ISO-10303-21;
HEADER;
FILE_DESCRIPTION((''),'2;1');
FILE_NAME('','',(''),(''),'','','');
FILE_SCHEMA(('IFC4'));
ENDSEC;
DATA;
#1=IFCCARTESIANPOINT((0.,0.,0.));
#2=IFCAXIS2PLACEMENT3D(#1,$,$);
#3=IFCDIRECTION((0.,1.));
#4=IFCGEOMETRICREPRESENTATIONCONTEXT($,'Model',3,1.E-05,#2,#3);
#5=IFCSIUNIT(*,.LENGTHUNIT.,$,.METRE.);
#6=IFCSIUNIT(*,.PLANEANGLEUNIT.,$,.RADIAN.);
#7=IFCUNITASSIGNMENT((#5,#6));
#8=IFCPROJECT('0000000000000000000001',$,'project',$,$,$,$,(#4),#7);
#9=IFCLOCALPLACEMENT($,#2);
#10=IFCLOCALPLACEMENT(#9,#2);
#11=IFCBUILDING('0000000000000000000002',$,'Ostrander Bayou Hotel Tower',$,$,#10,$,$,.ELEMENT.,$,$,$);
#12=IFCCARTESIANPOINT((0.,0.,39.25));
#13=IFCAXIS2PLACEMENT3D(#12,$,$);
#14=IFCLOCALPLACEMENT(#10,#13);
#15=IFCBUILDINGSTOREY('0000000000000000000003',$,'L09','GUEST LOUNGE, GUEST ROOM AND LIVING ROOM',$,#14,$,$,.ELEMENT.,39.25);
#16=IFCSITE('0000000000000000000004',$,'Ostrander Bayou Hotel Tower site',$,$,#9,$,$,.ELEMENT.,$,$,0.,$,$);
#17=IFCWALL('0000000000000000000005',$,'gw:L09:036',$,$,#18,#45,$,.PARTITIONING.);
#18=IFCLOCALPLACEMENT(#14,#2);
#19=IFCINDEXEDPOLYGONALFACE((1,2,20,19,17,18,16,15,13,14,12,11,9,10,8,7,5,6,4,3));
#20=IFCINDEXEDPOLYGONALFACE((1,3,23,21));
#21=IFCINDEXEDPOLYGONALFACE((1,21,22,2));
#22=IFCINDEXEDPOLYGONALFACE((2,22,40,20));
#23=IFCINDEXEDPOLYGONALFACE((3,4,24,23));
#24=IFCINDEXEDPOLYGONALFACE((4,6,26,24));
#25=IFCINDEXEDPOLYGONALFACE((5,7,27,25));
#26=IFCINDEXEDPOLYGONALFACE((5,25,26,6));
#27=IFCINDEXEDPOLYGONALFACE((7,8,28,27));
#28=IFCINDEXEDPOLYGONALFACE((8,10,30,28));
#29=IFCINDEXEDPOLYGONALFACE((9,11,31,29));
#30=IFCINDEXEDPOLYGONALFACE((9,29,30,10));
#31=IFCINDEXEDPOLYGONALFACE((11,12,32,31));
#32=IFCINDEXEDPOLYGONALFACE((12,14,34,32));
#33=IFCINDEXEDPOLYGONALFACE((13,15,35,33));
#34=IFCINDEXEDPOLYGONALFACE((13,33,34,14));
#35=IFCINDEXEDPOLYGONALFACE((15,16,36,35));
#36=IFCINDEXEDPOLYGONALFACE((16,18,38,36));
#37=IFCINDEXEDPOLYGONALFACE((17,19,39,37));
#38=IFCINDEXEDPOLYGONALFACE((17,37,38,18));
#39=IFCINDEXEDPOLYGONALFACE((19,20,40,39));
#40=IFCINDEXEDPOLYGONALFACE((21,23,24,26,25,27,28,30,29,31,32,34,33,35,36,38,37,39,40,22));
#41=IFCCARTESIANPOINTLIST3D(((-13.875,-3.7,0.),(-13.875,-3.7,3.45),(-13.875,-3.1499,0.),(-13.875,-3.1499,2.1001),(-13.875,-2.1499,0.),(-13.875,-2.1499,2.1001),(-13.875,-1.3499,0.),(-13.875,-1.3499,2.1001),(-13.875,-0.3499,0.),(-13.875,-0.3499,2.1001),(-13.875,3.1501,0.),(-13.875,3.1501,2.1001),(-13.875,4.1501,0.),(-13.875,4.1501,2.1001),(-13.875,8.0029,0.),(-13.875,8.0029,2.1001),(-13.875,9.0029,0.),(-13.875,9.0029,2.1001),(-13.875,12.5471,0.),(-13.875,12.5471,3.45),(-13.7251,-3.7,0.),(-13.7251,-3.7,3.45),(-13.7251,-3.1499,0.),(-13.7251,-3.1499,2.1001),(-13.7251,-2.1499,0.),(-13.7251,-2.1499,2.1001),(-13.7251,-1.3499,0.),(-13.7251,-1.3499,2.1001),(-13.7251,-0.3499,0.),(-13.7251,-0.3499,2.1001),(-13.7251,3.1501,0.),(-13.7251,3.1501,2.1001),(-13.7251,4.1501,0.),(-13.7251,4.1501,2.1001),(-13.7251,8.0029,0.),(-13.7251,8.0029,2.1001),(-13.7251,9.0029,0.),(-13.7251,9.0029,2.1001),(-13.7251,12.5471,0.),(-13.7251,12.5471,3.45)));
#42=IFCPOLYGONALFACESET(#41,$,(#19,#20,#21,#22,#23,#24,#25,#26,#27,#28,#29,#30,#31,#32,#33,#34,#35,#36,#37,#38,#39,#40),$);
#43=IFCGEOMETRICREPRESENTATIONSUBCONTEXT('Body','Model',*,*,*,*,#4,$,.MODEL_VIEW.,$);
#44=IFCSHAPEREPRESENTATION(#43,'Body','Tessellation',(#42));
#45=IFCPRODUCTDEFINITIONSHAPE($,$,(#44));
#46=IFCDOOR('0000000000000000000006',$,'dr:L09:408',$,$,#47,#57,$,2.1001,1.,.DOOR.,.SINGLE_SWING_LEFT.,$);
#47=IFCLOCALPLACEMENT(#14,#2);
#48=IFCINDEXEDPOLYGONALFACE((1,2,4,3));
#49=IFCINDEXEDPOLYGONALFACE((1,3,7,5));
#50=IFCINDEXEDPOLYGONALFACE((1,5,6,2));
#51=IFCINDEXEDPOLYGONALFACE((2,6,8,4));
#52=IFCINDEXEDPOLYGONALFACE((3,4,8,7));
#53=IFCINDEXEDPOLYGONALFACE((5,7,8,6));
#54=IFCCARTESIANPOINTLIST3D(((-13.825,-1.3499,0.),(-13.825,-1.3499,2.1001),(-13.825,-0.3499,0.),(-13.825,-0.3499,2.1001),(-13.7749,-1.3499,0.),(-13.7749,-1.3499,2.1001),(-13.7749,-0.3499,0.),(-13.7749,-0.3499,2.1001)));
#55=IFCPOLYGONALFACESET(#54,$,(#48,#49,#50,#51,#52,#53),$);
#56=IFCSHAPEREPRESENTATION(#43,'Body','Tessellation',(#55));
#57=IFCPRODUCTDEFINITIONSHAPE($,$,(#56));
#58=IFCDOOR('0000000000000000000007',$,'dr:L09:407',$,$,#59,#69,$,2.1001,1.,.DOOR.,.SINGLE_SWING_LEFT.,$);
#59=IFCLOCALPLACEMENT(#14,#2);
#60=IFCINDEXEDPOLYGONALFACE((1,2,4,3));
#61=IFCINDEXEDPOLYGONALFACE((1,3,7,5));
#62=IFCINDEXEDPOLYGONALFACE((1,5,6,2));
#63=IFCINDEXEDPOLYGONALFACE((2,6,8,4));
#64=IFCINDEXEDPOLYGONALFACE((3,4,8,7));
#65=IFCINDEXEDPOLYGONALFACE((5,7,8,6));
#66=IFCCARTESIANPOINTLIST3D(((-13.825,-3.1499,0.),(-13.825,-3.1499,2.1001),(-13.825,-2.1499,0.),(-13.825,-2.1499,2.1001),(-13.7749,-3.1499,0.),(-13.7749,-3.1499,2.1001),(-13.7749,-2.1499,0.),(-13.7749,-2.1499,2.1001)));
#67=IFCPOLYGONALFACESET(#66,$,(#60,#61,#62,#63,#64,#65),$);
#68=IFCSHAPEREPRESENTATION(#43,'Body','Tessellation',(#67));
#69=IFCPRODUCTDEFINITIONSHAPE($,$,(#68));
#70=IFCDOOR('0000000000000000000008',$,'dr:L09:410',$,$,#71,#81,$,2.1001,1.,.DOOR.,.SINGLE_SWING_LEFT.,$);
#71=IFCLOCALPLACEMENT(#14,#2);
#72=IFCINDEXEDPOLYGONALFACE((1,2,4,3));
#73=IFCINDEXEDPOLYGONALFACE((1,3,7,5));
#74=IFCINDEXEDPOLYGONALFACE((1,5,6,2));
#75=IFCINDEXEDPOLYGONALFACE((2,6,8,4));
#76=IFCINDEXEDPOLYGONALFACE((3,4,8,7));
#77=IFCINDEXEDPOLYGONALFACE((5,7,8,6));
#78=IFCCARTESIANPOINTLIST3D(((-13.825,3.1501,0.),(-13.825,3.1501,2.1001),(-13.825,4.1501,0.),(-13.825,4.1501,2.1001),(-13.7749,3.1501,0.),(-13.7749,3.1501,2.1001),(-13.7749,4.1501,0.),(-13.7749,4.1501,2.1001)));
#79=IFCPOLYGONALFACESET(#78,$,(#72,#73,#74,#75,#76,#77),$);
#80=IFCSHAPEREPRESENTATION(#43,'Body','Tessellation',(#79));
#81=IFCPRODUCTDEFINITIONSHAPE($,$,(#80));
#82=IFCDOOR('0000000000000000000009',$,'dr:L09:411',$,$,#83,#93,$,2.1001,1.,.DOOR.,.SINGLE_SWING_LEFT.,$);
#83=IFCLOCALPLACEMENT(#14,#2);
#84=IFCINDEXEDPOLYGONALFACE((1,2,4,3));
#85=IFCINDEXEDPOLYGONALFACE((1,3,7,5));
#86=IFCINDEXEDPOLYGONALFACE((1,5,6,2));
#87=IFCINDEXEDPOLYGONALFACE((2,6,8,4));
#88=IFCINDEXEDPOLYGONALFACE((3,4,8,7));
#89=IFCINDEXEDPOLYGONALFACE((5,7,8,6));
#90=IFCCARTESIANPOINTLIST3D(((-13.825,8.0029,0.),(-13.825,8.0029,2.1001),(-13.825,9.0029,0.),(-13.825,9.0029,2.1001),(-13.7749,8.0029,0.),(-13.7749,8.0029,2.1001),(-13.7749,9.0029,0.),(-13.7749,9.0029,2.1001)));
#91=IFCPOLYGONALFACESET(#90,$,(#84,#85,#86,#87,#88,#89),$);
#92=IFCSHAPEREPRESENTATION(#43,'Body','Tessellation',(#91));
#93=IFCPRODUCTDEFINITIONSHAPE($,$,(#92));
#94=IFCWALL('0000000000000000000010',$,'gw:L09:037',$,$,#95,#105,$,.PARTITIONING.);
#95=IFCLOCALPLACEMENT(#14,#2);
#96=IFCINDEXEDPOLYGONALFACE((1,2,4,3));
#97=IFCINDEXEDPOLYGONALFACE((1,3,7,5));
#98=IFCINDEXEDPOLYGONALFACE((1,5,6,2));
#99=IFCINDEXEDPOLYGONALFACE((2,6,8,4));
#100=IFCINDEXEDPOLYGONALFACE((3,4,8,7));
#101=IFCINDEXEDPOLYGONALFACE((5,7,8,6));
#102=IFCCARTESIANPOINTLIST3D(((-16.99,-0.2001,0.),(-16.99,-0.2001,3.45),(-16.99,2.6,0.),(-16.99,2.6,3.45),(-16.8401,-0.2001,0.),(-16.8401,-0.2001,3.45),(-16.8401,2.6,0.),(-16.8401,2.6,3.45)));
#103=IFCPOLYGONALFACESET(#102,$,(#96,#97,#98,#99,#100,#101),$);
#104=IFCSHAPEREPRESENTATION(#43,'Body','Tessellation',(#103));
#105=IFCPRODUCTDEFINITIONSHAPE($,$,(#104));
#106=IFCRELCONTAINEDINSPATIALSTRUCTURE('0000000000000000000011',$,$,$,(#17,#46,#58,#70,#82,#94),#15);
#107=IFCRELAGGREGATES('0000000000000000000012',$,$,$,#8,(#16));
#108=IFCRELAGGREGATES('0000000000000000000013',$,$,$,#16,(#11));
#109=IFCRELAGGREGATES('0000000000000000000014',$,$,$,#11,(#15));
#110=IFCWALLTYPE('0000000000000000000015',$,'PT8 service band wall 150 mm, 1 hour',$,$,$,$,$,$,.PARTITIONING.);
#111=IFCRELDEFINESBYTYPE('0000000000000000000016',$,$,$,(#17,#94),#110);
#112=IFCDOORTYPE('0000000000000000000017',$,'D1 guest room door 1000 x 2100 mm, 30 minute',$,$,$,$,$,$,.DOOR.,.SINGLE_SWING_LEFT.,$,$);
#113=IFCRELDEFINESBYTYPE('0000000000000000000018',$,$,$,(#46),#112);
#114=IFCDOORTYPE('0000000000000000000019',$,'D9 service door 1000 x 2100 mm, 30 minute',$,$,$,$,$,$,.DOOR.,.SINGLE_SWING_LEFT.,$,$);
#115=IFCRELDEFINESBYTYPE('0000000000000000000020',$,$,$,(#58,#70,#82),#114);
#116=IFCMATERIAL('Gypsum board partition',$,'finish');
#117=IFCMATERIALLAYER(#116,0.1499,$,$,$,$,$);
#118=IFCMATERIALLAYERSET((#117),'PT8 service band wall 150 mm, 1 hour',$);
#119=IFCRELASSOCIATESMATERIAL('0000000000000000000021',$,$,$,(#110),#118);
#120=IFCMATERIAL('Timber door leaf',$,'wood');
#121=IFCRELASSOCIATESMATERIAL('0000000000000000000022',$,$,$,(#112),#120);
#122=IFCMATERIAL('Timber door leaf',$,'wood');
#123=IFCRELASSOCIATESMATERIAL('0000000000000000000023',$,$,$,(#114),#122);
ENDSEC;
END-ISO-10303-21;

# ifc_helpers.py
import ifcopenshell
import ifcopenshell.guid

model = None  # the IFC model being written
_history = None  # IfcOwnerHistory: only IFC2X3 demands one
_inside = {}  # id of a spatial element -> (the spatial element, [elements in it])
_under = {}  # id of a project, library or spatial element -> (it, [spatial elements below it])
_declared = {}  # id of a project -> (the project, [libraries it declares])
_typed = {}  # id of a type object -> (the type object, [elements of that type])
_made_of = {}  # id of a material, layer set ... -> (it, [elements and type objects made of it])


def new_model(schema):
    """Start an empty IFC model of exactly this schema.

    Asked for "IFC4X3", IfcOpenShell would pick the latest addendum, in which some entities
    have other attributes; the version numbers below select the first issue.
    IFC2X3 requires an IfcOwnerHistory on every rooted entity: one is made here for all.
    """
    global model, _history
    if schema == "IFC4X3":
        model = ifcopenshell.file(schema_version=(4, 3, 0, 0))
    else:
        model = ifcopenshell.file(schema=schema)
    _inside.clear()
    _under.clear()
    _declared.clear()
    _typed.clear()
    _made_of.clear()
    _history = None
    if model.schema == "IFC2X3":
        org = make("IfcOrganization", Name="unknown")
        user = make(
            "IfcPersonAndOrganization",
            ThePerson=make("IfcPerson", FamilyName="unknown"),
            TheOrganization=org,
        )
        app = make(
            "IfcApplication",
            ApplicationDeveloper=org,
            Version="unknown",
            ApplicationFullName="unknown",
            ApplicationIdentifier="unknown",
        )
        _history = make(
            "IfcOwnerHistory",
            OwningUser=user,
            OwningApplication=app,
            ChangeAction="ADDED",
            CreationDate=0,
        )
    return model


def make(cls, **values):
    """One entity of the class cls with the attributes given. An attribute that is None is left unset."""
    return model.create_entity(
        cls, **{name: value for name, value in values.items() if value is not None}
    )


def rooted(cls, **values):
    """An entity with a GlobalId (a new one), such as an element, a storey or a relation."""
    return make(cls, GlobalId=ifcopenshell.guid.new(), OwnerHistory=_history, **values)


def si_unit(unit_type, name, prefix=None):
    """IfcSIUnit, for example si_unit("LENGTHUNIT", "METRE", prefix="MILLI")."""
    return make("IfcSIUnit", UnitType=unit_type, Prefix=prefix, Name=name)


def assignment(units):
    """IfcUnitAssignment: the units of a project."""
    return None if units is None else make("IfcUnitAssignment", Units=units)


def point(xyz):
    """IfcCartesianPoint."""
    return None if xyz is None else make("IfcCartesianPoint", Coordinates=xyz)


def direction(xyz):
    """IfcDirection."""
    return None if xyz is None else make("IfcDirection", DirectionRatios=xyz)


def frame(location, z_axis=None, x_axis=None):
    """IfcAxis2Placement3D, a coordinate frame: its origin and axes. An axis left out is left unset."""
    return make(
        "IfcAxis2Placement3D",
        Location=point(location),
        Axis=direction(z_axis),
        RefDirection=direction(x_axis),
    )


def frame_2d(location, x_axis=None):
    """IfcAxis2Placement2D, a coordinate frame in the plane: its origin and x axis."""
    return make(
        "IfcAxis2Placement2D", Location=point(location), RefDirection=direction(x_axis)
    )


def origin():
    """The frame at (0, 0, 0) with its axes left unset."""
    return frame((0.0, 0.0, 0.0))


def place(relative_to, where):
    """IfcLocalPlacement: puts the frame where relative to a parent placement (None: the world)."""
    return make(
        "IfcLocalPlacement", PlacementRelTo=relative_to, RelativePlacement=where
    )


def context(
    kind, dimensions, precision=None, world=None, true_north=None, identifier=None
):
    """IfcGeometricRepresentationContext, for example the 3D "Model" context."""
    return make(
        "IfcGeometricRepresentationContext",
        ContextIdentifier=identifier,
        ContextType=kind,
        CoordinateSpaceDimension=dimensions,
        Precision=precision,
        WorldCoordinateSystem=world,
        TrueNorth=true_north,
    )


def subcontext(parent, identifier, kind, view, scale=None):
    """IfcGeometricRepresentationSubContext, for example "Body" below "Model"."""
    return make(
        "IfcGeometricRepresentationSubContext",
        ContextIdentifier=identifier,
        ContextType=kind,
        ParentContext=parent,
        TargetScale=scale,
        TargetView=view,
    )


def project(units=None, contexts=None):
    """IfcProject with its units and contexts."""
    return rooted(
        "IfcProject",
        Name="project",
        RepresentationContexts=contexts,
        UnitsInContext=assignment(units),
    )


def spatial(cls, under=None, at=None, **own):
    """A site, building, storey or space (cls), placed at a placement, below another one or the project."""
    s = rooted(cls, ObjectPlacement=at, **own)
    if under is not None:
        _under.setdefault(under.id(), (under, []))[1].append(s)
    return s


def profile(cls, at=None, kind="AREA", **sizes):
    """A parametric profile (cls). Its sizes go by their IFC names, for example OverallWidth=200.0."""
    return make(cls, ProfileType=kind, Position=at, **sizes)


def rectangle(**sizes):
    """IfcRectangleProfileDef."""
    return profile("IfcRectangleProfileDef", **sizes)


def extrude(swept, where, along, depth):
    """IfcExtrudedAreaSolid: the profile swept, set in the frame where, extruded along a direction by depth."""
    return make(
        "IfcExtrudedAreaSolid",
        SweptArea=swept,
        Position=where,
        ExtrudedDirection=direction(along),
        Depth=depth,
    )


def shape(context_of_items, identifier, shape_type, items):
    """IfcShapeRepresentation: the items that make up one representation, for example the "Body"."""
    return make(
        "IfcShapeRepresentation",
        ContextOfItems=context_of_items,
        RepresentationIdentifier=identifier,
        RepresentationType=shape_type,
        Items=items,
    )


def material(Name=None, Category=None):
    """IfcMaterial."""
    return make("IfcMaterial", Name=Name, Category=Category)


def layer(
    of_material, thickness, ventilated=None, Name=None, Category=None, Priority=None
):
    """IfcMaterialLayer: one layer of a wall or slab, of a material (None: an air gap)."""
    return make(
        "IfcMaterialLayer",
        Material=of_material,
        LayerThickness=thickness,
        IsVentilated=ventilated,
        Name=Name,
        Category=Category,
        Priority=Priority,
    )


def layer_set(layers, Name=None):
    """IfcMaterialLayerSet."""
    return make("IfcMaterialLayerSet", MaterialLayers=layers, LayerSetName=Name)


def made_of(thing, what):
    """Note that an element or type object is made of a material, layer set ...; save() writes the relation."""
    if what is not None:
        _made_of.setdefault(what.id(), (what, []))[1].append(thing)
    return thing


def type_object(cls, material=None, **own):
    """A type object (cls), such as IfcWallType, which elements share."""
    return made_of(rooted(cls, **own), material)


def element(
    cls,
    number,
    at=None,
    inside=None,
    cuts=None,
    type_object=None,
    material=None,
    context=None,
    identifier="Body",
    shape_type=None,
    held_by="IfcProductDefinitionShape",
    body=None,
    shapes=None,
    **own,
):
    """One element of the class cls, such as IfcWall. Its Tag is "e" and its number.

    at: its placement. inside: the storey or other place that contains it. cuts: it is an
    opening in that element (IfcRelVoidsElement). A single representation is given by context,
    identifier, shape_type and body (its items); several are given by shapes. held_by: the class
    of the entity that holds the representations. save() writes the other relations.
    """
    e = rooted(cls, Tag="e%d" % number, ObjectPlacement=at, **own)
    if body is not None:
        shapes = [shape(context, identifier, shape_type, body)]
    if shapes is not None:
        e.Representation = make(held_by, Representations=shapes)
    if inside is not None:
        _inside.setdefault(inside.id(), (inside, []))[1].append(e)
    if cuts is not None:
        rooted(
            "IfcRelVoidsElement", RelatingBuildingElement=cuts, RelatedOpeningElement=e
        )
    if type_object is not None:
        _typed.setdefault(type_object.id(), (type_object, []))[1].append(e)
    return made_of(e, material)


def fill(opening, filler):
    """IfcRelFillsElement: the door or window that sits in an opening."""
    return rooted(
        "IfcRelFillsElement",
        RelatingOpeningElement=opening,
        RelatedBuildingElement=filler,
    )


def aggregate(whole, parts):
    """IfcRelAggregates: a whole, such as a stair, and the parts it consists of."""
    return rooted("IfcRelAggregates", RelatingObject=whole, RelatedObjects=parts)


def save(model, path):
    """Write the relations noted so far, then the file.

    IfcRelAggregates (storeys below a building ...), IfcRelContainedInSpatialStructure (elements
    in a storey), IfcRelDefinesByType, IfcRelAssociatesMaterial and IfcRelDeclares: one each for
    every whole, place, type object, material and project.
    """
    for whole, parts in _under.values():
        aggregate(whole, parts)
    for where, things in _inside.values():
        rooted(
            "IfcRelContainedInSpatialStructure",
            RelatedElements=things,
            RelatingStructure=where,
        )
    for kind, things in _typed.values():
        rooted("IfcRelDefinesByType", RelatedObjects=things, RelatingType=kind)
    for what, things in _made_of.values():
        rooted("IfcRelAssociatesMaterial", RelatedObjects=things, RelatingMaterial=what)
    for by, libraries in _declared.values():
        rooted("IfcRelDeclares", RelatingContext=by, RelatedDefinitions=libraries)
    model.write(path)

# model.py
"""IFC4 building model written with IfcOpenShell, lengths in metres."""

from ifc_helpers import new_model, si_unit, direction, frame, frame_2d, origin, place, context, subcontext, project, spatial, rectangle, extrude, material, layer, layer_set, type_object, element, fill, save


model = new_model("IFC4")

# Units and contexts
model_context = context("Model", 3, precision=1e-05, world=origin(), true_north=direction((0.0, 1.0)))
body_context = subcontext(model_context, "Body", "Model", "MODEL_VIEW")
ifc_project = project(units=[si_unit("LENGTHUNIT", "METRE"), si_unit("PLANEANGLEUNIT", "RADIAN")], contexts=[model_context])

# Site, building, storey
site_placement = place(None, origin())
site = spatial("IfcSite", under=ifc_project, at=site_placement, Name="Ostrander Bayou Hotel Tower site", CompositionType="ELEMENT", RefElevation=0.0)
building_placement = place(site_placement, origin())
building = spatial("IfcBuilding", under=site, at=building_placement, Name="Ostrander Bayou Hotel Tower", CompositionType="ELEMENT")
storey_placement = place(building_placement, frame((0.0, 0.0, 39.25)))
storey = spatial("IfcBuildingStorey", under=building, at=storey_placement, Name="L09", Description="GUEST LOUNGE, GUEST ROOM AND LIVING ROOM", CompositionType="ELEMENT", Elevation=39.25)

# Shared definitions
ifc_material_1 = material(Name="Gypsum board partition", Category="finish")
ifc_layer_1 = layer(ifc_material_1, 0.1499)
ifc_layer_set_1 = layer_set([ifc_layer_1], Name="PT8 service band wall 150 mm, 1 hour")
wall_type_1 = type_object("IfcWallType", Name="PT8 service band wall 150 mm, 1 hour", PredefinedType="PARTITIONING", material=ifc_layer_set_1)

# Wall, openings, doors
wall_1_placement = place(storey_placement, frame((-13.8, -3.7, 0.0), z_axis=(0.0, 0.0, 1.0), x_axis=(0.0, 1.0, 0.0)))
wall_1 = element("IfcWall", 1, at=wall_1_placement, inside=storey, type_object=wall_type_1, Name="gw:L09:036", PredefinedType="PARTITIONING", context=body_context, shape_type="SweptSolid", body=[
    extrude(rectangle(XDim=16.2471, YDim=0.1499, at=frame_2d((8.1235, 0.0))), origin(), (0.0, 0.0, 1.0), 3.45),
])
opening_1_placement = place(wall_1_placement, frame((0.55, 0.0, 0.0)))
opening_1 = element("IfcOpeningElement", 2, at=opening_1_placement, cuts=wall_1, PredefinedType="OPENING", context=body_context, shape_type="SweptSolid", body=[
    extrude(rectangle(XDim=1.0, YDim=2.1001, at=frame_2d((0.5, 1.05))), frame((0.0, 0.075, 0.0), z_axis=(0.0, -1.0, 0.0), x_axis=(1.0, 0.0, 0.0)), (0.0, 0.0, 1.0), 0.1499),
])
opening_2_placement = place(wall_1_placement, frame((2.3501, 0.0, 0.0)))
opening_2 = element("IfcOpeningElement", 3, at=opening_2_placement, cuts=wall_1, PredefinedType="OPENING", context=body_context, shape_type="SweptSolid", body=[
    extrude(rectangle(XDim=1.0, YDim=2.1001, at=frame_2d((0.5, 1.05))), frame((0.0, 0.075, 0.0), z_axis=(0.0, -1.0, 0.0), x_axis=(1.0, 0.0, 0.0)), (0.0, 0.0, 1.0), 0.1499),
])
opening_3_placement = place(wall_1_placement, frame((6.8501, 0.0, 0.0)))
opening_3 = element("IfcOpeningElement", 4, at=opening_3_placement, cuts=wall_1, PredefinedType="OPENING", context=body_context, shape_type="SweptSolid", body=[
    extrude(rectangle(XDim=1.0, YDim=2.1001, at=frame_2d((0.5, 1.05))), frame((0.0, 0.075, 0.0), z_axis=(0.0, -1.0, 0.0), x_axis=(1.0, 0.0, 0.0)), (0.0, 0.0, 1.0), 0.1499),
])
opening_4_placement = place(wall_1_placement, frame((11.7029, 0.0, 0.0)))
opening_4 = element("IfcOpeningElement", 5, at=opening_4_placement, cuts=wall_1, PredefinedType="OPENING", context=body_context, shape_type="SweptSolid", body=[
    extrude(rectangle(XDim=1.0, YDim=2.1001, at=frame_2d((0.5, 1.05))), frame((0.0, 0.075, 0.0), z_axis=(0.0, -1.0, 0.0), x_axis=(1.0, 0.0, 0.0)), (0.0, 0.0, 1.0), 0.1499),
])
ifc_material_2 = material(Name="Timber door leaf", Category="wood")
door_type_1 = type_object("IfcDoorType", Name="D1 guest room door 1000 x 2100 mm, 30 minute", OperationType="SINGLE_SWING_LEFT", PredefinedType="DOOR", material=ifc_material_2)
door_1_placement = place(opening_2_placement, origin())
door_1 = element("IfcDoor", 6, at=door_1_placement, inside=storey, type_object=door_type_1, Name="dr:L09:408", OperationType="SINGLE_SWING_LEFT", OverallHeight=2.1001, OverallWidth=1.0, PredefinedType="DOOR", context=body_context, shape_type="SweptSolid", body=[
    extrude(rectangle(XDim=1.0, YDim=2.1001, at=frame_2d((0.5, 1.05))), frame((0.0, 0.0249, 0.0), z_axis=(0.0, -1.0, 0.0), x_axis=(1.0, 0.0, 0.0)), (0.0, 0.0, 1.0), 0.05),
])
fill(opening_2, door_1)
ifc_material_3 = material(Name="Timber door leaf", Category="wood")
door_type_2 = type_object("IfcDoorType", Name="D9 service door 1000 x 2100 mm, 30 minute", OperationType="SINGLE_SWING_LEFT", PredefinedType="DOOR", material=ifc_material_3)
door_2_placement = place(opening_1_placement, origin())
door_2 = element("IfcDoor", 7, at=door_2_placement, inside=storey, type_object=door_type_2, Name="dr:L09:407", OperationType="SINGLE_SWING_LEFT", OverallHeight=2.1001, OverallWidth=1.0, PredefinedType="DOOR", context=body_context, shape_type="SweptSolid", body=[
    extrude(rectangle(XDim=1.0, YDim=2.1001, at=frame_2d((0.5, 1.05))), frame((0.0, 0.0249, 0.0), z_axis=(0.0, -1.0, 0.0), x_axis=(1.0, 0.0, 0.0)), (0.0, 0.0, 1.0), 0.05),
])
fill(opening_1, door_2)
door_3_placement = place(opening_3_placement, origin())
door_3 = element("IfcDoor", 8, at=door_3_placement, inside=storey, type_object=door_type_2, Name="dr:L09:410", OperationType="SINGLE_SWING_LEFT", OverallHeight=2.1001, OverallWidth=1.0, PredefinedType="DOOR", context=body_context, shape_type="SweptSolid", body=[
    extrude(rectangle(XDim=1.0, YDim=2.1001, at=frame_2d((0.5, 1.05))), frame((0.0, 0.0249, 0.0), z_axis=(0.0, -1.0, 0.0), x_axis=(1.0, 0.0, 0.0)), (0.0, 0.0, 1.0), 0.05),
])
fill(opening_3, door_3)
door_4_placement = place(opening_4_placement, origin())
door_4 = element("IfcDoor", 9, at=door_4_placement, inside=storey, type_object=door_type_2, Name="dr:L09:411", OperationType="SINGLE_SWING_LEFT", OverallHeight=2.1001, OverallWidth=1.0, PredefinedType="DOOR", context=body_context, shape_type="SweptSolid", body=[
    extrude(rectangle(XDim=1.0, YDim=2.1001, at=frame_2d((0.5, 1.05))), frame((0.0, 0.0249, 0.0), z_axis=(0.0, -1.0, 0.0), x_axis=(1.0, 0.0, 0.0)), (0.0, 0.0, 1.0), 0.05),
])
fill(opening_4, door_4)

# Wall
wall_2_placement = place(storey_placement, frame((-16.915, -0.2, 0.0), z_axis=(0.0, 0.0, 1.0), x_axis=(0.0, 1.0, 0.0)))
element("IfcWall", 10, at=wall_2_placement, inside=storey, type_object=wall_type_1, Name="gw:L09:037", PredefinedType="PARTITIONING", context=body_context, shape_type="SweptSolid", body=[
    extrude(rectangle(XDim=2.8, YDim=0.1499, at=frame_2d((1.3999, 0.0))), origin(), (0.0, 0.0, 1.0), 3.45),
])

save(model, "model.ifc")
